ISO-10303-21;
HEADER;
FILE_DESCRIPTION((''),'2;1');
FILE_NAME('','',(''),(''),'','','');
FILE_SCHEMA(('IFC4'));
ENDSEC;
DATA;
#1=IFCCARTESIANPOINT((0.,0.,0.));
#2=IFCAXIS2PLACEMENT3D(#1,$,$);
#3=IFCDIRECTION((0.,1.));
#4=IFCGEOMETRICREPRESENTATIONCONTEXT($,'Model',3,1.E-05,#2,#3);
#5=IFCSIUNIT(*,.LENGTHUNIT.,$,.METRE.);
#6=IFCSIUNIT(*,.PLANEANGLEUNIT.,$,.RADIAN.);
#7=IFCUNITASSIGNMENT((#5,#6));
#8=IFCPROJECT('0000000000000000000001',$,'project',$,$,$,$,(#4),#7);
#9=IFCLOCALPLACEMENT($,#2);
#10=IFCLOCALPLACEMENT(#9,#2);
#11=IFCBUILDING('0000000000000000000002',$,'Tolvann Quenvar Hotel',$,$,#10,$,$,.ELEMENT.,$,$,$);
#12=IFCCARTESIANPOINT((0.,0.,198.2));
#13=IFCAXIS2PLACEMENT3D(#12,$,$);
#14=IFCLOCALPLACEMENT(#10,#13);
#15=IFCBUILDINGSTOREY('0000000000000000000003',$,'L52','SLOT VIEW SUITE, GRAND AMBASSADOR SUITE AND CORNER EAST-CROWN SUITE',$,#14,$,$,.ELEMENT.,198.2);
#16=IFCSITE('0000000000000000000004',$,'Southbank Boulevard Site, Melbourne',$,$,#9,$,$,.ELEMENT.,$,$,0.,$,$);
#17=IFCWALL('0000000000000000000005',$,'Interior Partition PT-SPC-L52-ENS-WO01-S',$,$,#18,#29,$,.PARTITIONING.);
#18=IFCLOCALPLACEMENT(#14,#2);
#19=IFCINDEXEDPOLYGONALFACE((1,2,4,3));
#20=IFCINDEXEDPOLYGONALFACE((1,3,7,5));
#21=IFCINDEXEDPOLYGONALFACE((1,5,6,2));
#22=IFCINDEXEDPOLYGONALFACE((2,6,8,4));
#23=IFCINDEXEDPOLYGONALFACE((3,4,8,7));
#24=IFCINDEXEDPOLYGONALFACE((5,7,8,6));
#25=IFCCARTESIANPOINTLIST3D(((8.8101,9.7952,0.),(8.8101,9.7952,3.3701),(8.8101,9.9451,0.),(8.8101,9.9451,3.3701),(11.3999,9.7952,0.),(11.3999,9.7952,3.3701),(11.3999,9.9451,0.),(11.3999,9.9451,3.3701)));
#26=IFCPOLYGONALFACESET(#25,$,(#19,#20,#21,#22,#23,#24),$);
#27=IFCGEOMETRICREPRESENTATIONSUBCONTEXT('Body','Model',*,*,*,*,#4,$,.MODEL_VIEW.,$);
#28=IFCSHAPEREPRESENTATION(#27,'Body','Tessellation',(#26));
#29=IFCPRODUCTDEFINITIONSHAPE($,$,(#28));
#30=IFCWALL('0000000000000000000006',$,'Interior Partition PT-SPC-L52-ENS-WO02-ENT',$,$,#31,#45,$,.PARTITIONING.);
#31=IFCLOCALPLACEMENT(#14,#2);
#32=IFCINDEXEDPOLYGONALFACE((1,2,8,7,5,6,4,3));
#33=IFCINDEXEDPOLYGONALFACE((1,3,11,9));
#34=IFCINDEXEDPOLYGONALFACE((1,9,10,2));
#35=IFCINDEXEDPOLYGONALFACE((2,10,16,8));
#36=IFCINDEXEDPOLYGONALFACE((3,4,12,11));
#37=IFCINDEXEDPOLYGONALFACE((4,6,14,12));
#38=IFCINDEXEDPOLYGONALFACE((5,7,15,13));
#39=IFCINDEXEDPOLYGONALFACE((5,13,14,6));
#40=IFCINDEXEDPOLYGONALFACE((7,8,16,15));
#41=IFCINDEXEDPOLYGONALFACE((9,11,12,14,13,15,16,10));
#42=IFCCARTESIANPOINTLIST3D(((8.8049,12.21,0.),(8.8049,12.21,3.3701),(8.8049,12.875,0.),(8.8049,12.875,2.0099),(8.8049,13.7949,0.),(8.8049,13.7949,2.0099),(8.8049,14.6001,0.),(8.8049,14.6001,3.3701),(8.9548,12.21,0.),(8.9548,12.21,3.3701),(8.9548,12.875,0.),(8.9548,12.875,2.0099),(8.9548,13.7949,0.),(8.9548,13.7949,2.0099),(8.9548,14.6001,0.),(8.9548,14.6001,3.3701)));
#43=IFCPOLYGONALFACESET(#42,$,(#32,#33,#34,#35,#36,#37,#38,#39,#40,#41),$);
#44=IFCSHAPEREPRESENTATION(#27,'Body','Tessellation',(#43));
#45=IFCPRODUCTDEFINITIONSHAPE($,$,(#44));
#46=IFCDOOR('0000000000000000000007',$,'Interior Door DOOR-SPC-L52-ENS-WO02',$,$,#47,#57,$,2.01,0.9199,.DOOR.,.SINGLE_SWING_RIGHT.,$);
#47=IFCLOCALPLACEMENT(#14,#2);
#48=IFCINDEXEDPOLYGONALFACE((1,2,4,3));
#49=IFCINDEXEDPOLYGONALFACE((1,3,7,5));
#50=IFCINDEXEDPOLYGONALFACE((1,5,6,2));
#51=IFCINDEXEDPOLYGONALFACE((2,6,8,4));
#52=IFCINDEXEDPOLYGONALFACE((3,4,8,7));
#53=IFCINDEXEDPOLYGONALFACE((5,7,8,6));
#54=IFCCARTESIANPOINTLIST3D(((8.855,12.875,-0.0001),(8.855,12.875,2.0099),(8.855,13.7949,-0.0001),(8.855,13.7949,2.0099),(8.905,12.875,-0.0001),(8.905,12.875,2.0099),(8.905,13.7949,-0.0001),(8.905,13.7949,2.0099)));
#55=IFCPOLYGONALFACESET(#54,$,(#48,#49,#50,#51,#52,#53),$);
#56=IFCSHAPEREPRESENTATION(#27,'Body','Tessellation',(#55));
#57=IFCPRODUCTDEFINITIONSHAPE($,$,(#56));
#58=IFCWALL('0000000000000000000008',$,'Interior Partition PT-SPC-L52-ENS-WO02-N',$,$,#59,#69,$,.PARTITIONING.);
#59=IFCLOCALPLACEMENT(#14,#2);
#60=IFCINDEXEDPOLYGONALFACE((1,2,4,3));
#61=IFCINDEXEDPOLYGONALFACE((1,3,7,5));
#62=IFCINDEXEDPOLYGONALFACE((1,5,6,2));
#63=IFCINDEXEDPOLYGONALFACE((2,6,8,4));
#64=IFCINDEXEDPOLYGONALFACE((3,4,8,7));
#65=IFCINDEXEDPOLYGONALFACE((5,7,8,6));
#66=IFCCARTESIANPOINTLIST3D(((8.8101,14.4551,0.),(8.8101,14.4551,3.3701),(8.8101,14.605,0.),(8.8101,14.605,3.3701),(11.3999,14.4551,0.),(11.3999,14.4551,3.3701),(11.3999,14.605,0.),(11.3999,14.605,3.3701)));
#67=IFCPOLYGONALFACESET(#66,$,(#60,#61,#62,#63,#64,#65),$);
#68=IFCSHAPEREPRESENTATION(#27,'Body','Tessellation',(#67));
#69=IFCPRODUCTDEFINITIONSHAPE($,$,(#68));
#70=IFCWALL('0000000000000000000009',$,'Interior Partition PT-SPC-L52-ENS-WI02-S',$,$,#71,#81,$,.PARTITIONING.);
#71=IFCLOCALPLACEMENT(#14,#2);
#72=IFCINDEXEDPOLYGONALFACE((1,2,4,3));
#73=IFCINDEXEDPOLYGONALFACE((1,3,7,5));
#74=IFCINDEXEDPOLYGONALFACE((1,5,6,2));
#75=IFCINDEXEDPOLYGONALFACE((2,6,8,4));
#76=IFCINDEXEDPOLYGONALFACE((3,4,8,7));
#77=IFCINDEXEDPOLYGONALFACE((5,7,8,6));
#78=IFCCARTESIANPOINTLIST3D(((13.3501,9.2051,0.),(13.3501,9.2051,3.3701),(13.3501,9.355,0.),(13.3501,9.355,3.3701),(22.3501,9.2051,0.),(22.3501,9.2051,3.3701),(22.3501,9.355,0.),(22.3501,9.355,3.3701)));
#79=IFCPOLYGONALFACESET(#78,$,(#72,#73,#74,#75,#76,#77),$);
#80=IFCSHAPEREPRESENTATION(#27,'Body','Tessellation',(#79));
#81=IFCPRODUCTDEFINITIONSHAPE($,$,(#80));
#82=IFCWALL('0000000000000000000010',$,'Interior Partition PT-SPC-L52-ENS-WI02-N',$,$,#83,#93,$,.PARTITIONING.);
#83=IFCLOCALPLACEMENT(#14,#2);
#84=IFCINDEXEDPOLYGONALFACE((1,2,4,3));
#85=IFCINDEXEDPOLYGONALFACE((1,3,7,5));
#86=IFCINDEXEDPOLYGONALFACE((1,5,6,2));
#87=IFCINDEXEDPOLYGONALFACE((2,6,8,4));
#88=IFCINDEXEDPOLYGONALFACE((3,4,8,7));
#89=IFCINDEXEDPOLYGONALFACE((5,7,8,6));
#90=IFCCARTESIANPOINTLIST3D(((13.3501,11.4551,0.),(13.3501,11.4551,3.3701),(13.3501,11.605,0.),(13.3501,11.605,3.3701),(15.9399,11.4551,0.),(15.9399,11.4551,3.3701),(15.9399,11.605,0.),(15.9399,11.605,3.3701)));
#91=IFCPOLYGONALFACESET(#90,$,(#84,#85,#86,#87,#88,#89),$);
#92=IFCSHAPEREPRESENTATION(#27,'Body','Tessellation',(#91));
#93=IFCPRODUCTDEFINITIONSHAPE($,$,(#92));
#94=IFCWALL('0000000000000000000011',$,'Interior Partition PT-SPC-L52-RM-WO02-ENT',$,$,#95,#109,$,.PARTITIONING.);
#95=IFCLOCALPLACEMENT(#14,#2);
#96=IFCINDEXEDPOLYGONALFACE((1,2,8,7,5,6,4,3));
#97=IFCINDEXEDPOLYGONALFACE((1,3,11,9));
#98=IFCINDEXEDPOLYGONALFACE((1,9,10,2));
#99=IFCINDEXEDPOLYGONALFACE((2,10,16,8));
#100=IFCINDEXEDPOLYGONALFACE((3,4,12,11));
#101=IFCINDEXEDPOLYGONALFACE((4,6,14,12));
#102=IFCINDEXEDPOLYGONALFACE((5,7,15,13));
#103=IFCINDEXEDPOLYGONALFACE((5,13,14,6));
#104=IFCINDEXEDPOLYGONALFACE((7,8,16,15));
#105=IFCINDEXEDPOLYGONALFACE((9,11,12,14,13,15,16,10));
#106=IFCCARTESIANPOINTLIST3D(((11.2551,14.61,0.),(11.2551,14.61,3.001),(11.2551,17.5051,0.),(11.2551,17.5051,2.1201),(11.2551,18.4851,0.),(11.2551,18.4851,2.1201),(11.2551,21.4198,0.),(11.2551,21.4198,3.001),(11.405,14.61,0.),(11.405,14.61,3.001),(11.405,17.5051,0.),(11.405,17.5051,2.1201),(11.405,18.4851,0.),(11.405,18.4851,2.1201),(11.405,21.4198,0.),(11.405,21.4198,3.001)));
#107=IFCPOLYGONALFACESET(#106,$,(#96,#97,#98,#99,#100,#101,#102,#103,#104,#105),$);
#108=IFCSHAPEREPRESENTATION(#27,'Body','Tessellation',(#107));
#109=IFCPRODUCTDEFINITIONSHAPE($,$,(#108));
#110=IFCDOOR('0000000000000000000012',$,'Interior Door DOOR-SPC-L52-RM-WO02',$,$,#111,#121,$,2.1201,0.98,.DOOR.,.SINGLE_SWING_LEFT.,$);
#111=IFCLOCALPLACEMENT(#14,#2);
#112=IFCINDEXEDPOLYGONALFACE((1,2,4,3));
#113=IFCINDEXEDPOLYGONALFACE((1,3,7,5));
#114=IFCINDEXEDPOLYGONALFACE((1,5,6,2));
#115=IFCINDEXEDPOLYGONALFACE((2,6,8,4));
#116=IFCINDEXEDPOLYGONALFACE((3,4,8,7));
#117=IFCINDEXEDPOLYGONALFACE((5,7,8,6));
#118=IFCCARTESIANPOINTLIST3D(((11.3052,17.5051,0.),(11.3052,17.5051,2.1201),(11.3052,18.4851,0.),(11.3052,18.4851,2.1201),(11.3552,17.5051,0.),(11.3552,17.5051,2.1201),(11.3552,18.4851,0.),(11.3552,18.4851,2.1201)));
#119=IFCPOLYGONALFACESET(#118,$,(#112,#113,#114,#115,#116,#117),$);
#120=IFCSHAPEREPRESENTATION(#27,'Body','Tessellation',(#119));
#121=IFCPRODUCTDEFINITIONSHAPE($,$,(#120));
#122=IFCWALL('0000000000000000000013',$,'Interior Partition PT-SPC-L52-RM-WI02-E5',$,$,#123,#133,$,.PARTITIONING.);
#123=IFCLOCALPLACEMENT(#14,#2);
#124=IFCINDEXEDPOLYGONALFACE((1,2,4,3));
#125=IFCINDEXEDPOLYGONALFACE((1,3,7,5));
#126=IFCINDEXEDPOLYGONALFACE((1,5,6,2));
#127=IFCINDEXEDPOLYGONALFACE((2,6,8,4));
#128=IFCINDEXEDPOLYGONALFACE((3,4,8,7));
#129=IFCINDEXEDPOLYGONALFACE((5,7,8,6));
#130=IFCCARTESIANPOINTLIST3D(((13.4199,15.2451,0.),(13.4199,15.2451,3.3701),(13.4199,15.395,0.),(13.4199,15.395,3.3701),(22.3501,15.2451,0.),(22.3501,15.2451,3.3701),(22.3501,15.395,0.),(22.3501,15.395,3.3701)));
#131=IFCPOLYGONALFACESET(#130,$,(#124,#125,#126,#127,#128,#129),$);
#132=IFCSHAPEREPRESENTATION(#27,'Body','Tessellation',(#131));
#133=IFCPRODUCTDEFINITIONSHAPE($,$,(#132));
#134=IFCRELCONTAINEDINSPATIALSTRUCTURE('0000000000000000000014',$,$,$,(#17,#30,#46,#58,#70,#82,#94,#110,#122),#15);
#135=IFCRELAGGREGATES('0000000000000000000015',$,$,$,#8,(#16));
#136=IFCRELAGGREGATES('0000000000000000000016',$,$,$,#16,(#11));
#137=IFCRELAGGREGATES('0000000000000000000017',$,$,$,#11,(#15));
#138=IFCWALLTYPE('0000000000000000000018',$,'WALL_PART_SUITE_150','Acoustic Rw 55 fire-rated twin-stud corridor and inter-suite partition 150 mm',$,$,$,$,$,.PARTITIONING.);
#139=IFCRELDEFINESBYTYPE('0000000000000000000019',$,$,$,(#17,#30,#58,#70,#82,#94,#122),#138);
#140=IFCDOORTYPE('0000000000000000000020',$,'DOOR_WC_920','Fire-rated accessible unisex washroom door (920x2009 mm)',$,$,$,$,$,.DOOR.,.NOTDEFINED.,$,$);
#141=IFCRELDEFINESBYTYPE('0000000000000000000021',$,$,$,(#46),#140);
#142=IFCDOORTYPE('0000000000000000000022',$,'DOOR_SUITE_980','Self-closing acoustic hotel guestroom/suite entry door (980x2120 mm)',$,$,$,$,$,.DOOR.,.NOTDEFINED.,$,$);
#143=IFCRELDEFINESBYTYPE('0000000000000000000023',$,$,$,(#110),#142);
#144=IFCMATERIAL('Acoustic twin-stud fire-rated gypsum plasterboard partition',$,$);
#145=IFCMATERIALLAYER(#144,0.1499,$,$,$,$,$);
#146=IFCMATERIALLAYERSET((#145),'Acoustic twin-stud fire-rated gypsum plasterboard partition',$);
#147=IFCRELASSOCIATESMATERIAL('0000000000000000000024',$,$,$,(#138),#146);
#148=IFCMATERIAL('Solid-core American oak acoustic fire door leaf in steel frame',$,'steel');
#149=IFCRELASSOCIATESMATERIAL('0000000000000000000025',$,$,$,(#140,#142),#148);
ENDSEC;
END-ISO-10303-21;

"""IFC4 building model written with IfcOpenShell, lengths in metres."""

from ifc_helpers import new_model, si_unit, direction, frame, frame_2d, origin, place, context, subcontext, project, spatial, rectangle, extrude, source, transform, mapped, material, layer, layer_set, type_object, type_shapes, element, fill, save


model = new_model("IFC4")

# Units and contexts
model_context = context("Model", 3, precision=1e-05, world=origin(), true_north=direction((0.0, 1.0)))
body_context = subcontext(model_context, "Body", "Model", "MODEL_VIEW")
ifc_project = project(units=[si_unit("LENGTHUNIT", "METRE"), si_unit("PLANEANGLEUNIT", "RADIAN")], contexts=[model_context])

# Site, building, storey
site_placement = place(None, origin())
site = spatial("IfcSite", under=ifc_project, at=site_placement, Name="Southbank Boulevard Site, Melbourne", CompositionType="ELEMENT", RefElevation=0.0)
building_placement = place(site_placement, origin())
building = spatial("IfcBuilding", under=site, at=building_placement, Name="Tolvann Quenvar Hotel", CompositionType="ELEMENT")
storey_placement = place(building_placement, frame((0.0, 0.0, 198.2)))
storey = spatial("IfcBuildingStorey", under=building, at=storey_placement, Name="L52", Description="SLOT VIEW SUITE, GRAND AMBASSADOR SUITE AND CORNER EAST-CROWN SUITE", CompositionType="ELEMENT", Elevation=198.2)

# Shared definitions
ifc_material_1 = material(Name="Acoustic twin-stud fire-rated gypsum plasterboard partition")
ifc_layer_1 = layer(ifc_material_1, 0.1499)
ifc_layer_set_1 = layer_set([ifc_layer_1], Name="Acoustic twin-stud fire-rated gypsum plasterboard partition")
wall_type_1 = type_object("IfcWallType", Name="WALL_PART_SUITE_150", Description="Acoustic Rw 55 fire-rated twin-stud corridor and inter-suite partition 150 mm", PredefinedType="PARTITIONING", material=ifc_layer_set_1)
ifc_material_2 = material(Name="Solid-core American oak acoustic fire door leaf in steel frame", Category="steel")
door_type_1 = type_object("IfcDoorType", Name="DOOR_WC_920", Description="Fire-rated accessible unisex washroom door (920x2009 mm)", OperationType="NOTDEFINED", PredefinedType="DOOR", material=ifc_material_2)
shared_shape_1 = source(origin(), body_context, "Body", "SweptSolid", [
    extrude(rectangle(XDim=0.9199, YDim=2.01, at=frame_2d((0.46, 1.0049))), frame((0.0, 0.0249, 0.0), z_axis=(0.0, -1.0, 0.0), x_axis=(1.0, 0.0, 0.0)), (0.0, 0.0, 1.0), 0.05),
])
type_shapes(door_type_1, [shared_shape_1])

# Wall
wall_1_placement = place(storey_placement, frame((8.8101, 9.8701, 0.0), z_axis=(0.0, 0.0, 1.0), x_axis=(1.0, 0.0, 0.0)))
element("IfcWall", 1, at=wall_1_placement, inside=storey, type_object=wall_type_1, Name="Interior Partition PT-SPC-L52-ENS-WO01-S", PredefinedType="PARTITIONING", context=body_context, shape_type="SweptSolid", body=[
    extrude(rectangle(XDim=2.5898, YDim=0.1499, at=frame_2d((1.2949, 0.0))), origin(), (0.0, 0.0, 1.0), 3.3701),
])

# Wall, opening, door
wall_2_placement = place(storey_placement, frame((8.8799, 12.21, 0.0), z_axis=(0.0, 0.0, 1.0), x_axis=(0.0, 1.0, 0.0)))
wall_2 = element("IfcWall", 2, at=wall_2_placement, inside=storey, type_object=wall_type_1, Name="Interior Partition PT-SPC-L52-ENS-WO02-ENT", PredefinedType="PARTITIONING", context=body_context, shape_type="SweptSolid", body=[
    extrude(rectangle(XDim=2.3901, YDim=0.1499, at=frame_2d((1.1951, 0.0))), origin(), (0.0, 0.0, 1.0), 3.3701),
])
opening_1_placement = place(wall_2_placement, frame((0.665, 0.0, 0.0)))
opening_1 = element("IfcOpeningElement", 3, at=opening_1_placement, cuts=wall_2, PredefinedType="OPENING", context=body_context, shape_type="SweptSolid", body=[
    extrude(rectangle(XDim=0.9199, YDim=2.01, at=frame_2d((0.46, 1.0049))), frame((0.0, 0.085, 0.0), z_axis=(0.0, -1.0, 0.0), x_axis=(1.0, 0.0, 0.0)), (0.0, 0.0, 1.0), 0.1699),
])
door_1_placement = place(opening_1_placement, origin())
door_1 = element("IfcDoor", 4, at=door_1_placement, inside=storey, type_object=door_type_1, Name="Interior Door DOOR-SPC-L52-ENS-WO02", OperationType="SINGLE_SWING_RIGHT", OverallHeight=2.01, OverallWidth=0.9199, PredefinedType="DOOR", context=body_context, shape_type="MappedRepresentation", body=[
    mapped(shared_shape_1, transform((0.0, 0.0, 0.0), x_axis=(1.0, 0.0, 0.0), y_axis=(0.0, 1.0, 0.0), z_axis=(0.0, 0.0, 1.0), scale=1.0)),
])
fill(opening_1, door_1)

# Walls
wall_3_placement = place(storey_placement, frame((8.8101, 14.53, 0.0), z_axis=(0.0, 0.0, 1.0), x_axis=(1.0, 0.0, 0.0)))
element("IfcWall", 5, at=wall_3_placement, inside=storey, type_object=wall_type_1, Name="Interior Partition PT-SPC-L52-ENS-WO02-N", PredefinedType="PARTITIONING", context=body_context, shape_type="SweptSolid", body=[
    extrude(rectangle(XDim=2.5898, YDim=0.1499, at=frame_2d((1.2949, 0.0))), origin(), (0.0, 0.0, 1.0), 3.3701),
])
wall_4_placement = place(storey_placement, frame((13.3501, 9.28, 0.0), z_axis=(0.0, 0.0, 1.0), x_axis=(1.0, 0.0, 0.0)))
element("IfcWall", 6, at=wall_4_placement, inside=storey, type_object=wall_type_1, Name="Interior Partition PT-SPC-L52-ENS-WI02-S", PredefinedType="PARTITIONING", context=body_context, shape_type="SweptSolid", body=[
    extrude(rectangle(XDim=9.0, YDim=0.1499, at=frame_2d((4.5, 0.0))), origin(), (0.0, 0.0, 1.0), 3.3701),
])
wall_5_placement = place(storey_placement, frame((13.3501, 11.53, 0.0), z_axis=(0.0, 0.0, 1.0), x_axis=(1.0, 0.0, 0.0)))
element("IfcWall", 7, at=wall_5_placement, inside=storey, type_object=wall_type_1, Name="Interior Partition PT-SPC-L52-ENS-WI02-N", PredefinedType="PARTITIONING", context=body_context, shape_type="SweptSolid", body=[
    extrude(rectangle(XDim=2.5898, YDim=0.1499, at=frame_2d((1.2949, 0.0))), origin(), (0.0, 0.0, 1.0), 3.3701),
])

# Wall, opening, door
wall_6_placement = place(storey_placement, frame((11.3301, 14.6101, 0.0), z_axis=(0.0, 0.0, 1.0), x_axis=(0.0, 1.0, 0.0)))
wall_6 = element("IfcWall", 8, at=wall_6_placement, inside=storey, type_object=wall_type_1, Name="Interior Partition PT-SPC-L52-RM-WO02-ENT", PredefinedType="PARTITIONING", context=body_context, shape_type="SweptSolid", body=[
    extrude(rectangle(XDim=6.8098, YDim=0.1499, at=frame_2d((3.4048, 0.0))), origin(), (0.0, 0.0, 1.0), 3.001),
])
opening_2_placement = place(wall_6_placement, frame((2.895, 0.0, 0.0)))
opening_2 = element("IfcOpeningElement", 9, at=opening_2_placement, cuts=wall_6, PredefinedType="OPENING", context=body_context, shape_type="SweptSolid", body=[
    extrude(rectangle(XDim=0.98, YDim=2.1201, at=frame_2d((0.49, 1.0601))), frame((0.0, 0.085, 0.0), z_axis=(0.0, -1.0, 0.0), x_axis=(1.0, 0.0, 0.0)), (0.0, 0.0, 1.0), 0.1699),
])
door_type_2 = type_object("IfcDoorType", Name="DOOR_SUITE_980", Description="Self-closing acoustic hotel guestroom/suite entry door (980x2120 mm)", OperationType="NOTDEFINED", PredefinedType="DOOR", material=ifc_material_2)
shared_shape_2 = source(origin(), body_context, "Body", "SweptSolid", [
    extrude(rectangle(XDim=0.98, YDim=2.1201, at=frame_2d((0.49, 1.0601))), frame((0.0, 0.0249, 0.0), z_axis=(0.0, -1.0, 0.0), x_axis=(1.0, 0.0, 0.0)), (0.0, 0.0, 1.0), 0.05),
])
type_shapes(door_type_2, [shared_shape_2])
door_2_placement = place(opening_2_placement, origin())
door_2 = element("IfcDoor", 10, at=door_2_placement, inside=storey, type_object=door_type_2, Name="Interior Door DOOR-SPC-L52-RM-WO02", OperationType="SINGLE_SWING_LEFT", OverallHeight=2.1201, OverallWidth=0.98, PredefinedType="DOOR", context=body_context, shape_type="MappedRepresentation", body=[
    mapped(shared_shape_2, transform((0.0, 0.0, 0.0), x_axis=(1.0, 0.0, 0.0), y_axis=(0.0, 1.0, 0.0), z_axis=(0.0, 0.0, 1.0), scale=1.0)),
])
fill(opening_2, door_2)

# Wall
wall_7_placement = place(storey_placement, frame((13.4199, 15.3201, 0.0), z_axis=(0.0, 0.0, 1.0), x_axis=(1.0, 0.0, 0.0)))
element("IfcWall", 11, at=wall_7_placement, inside=storey, type_object=wall_type_1, Name="Interior Partition PT-SPC-L52-RM-WI02-E5", PredefinedType="PARTITIONING", context=body_context, shape_type="SweptSolid", body=[
    extrude(rectangle(XDim=8.9302, YDim=0.1499, at=frame_2d((4.4651, 0.0))), origin(), (0.0, 0.0, 1.0), 3.3701),
])

save(model, "model.ifc")
